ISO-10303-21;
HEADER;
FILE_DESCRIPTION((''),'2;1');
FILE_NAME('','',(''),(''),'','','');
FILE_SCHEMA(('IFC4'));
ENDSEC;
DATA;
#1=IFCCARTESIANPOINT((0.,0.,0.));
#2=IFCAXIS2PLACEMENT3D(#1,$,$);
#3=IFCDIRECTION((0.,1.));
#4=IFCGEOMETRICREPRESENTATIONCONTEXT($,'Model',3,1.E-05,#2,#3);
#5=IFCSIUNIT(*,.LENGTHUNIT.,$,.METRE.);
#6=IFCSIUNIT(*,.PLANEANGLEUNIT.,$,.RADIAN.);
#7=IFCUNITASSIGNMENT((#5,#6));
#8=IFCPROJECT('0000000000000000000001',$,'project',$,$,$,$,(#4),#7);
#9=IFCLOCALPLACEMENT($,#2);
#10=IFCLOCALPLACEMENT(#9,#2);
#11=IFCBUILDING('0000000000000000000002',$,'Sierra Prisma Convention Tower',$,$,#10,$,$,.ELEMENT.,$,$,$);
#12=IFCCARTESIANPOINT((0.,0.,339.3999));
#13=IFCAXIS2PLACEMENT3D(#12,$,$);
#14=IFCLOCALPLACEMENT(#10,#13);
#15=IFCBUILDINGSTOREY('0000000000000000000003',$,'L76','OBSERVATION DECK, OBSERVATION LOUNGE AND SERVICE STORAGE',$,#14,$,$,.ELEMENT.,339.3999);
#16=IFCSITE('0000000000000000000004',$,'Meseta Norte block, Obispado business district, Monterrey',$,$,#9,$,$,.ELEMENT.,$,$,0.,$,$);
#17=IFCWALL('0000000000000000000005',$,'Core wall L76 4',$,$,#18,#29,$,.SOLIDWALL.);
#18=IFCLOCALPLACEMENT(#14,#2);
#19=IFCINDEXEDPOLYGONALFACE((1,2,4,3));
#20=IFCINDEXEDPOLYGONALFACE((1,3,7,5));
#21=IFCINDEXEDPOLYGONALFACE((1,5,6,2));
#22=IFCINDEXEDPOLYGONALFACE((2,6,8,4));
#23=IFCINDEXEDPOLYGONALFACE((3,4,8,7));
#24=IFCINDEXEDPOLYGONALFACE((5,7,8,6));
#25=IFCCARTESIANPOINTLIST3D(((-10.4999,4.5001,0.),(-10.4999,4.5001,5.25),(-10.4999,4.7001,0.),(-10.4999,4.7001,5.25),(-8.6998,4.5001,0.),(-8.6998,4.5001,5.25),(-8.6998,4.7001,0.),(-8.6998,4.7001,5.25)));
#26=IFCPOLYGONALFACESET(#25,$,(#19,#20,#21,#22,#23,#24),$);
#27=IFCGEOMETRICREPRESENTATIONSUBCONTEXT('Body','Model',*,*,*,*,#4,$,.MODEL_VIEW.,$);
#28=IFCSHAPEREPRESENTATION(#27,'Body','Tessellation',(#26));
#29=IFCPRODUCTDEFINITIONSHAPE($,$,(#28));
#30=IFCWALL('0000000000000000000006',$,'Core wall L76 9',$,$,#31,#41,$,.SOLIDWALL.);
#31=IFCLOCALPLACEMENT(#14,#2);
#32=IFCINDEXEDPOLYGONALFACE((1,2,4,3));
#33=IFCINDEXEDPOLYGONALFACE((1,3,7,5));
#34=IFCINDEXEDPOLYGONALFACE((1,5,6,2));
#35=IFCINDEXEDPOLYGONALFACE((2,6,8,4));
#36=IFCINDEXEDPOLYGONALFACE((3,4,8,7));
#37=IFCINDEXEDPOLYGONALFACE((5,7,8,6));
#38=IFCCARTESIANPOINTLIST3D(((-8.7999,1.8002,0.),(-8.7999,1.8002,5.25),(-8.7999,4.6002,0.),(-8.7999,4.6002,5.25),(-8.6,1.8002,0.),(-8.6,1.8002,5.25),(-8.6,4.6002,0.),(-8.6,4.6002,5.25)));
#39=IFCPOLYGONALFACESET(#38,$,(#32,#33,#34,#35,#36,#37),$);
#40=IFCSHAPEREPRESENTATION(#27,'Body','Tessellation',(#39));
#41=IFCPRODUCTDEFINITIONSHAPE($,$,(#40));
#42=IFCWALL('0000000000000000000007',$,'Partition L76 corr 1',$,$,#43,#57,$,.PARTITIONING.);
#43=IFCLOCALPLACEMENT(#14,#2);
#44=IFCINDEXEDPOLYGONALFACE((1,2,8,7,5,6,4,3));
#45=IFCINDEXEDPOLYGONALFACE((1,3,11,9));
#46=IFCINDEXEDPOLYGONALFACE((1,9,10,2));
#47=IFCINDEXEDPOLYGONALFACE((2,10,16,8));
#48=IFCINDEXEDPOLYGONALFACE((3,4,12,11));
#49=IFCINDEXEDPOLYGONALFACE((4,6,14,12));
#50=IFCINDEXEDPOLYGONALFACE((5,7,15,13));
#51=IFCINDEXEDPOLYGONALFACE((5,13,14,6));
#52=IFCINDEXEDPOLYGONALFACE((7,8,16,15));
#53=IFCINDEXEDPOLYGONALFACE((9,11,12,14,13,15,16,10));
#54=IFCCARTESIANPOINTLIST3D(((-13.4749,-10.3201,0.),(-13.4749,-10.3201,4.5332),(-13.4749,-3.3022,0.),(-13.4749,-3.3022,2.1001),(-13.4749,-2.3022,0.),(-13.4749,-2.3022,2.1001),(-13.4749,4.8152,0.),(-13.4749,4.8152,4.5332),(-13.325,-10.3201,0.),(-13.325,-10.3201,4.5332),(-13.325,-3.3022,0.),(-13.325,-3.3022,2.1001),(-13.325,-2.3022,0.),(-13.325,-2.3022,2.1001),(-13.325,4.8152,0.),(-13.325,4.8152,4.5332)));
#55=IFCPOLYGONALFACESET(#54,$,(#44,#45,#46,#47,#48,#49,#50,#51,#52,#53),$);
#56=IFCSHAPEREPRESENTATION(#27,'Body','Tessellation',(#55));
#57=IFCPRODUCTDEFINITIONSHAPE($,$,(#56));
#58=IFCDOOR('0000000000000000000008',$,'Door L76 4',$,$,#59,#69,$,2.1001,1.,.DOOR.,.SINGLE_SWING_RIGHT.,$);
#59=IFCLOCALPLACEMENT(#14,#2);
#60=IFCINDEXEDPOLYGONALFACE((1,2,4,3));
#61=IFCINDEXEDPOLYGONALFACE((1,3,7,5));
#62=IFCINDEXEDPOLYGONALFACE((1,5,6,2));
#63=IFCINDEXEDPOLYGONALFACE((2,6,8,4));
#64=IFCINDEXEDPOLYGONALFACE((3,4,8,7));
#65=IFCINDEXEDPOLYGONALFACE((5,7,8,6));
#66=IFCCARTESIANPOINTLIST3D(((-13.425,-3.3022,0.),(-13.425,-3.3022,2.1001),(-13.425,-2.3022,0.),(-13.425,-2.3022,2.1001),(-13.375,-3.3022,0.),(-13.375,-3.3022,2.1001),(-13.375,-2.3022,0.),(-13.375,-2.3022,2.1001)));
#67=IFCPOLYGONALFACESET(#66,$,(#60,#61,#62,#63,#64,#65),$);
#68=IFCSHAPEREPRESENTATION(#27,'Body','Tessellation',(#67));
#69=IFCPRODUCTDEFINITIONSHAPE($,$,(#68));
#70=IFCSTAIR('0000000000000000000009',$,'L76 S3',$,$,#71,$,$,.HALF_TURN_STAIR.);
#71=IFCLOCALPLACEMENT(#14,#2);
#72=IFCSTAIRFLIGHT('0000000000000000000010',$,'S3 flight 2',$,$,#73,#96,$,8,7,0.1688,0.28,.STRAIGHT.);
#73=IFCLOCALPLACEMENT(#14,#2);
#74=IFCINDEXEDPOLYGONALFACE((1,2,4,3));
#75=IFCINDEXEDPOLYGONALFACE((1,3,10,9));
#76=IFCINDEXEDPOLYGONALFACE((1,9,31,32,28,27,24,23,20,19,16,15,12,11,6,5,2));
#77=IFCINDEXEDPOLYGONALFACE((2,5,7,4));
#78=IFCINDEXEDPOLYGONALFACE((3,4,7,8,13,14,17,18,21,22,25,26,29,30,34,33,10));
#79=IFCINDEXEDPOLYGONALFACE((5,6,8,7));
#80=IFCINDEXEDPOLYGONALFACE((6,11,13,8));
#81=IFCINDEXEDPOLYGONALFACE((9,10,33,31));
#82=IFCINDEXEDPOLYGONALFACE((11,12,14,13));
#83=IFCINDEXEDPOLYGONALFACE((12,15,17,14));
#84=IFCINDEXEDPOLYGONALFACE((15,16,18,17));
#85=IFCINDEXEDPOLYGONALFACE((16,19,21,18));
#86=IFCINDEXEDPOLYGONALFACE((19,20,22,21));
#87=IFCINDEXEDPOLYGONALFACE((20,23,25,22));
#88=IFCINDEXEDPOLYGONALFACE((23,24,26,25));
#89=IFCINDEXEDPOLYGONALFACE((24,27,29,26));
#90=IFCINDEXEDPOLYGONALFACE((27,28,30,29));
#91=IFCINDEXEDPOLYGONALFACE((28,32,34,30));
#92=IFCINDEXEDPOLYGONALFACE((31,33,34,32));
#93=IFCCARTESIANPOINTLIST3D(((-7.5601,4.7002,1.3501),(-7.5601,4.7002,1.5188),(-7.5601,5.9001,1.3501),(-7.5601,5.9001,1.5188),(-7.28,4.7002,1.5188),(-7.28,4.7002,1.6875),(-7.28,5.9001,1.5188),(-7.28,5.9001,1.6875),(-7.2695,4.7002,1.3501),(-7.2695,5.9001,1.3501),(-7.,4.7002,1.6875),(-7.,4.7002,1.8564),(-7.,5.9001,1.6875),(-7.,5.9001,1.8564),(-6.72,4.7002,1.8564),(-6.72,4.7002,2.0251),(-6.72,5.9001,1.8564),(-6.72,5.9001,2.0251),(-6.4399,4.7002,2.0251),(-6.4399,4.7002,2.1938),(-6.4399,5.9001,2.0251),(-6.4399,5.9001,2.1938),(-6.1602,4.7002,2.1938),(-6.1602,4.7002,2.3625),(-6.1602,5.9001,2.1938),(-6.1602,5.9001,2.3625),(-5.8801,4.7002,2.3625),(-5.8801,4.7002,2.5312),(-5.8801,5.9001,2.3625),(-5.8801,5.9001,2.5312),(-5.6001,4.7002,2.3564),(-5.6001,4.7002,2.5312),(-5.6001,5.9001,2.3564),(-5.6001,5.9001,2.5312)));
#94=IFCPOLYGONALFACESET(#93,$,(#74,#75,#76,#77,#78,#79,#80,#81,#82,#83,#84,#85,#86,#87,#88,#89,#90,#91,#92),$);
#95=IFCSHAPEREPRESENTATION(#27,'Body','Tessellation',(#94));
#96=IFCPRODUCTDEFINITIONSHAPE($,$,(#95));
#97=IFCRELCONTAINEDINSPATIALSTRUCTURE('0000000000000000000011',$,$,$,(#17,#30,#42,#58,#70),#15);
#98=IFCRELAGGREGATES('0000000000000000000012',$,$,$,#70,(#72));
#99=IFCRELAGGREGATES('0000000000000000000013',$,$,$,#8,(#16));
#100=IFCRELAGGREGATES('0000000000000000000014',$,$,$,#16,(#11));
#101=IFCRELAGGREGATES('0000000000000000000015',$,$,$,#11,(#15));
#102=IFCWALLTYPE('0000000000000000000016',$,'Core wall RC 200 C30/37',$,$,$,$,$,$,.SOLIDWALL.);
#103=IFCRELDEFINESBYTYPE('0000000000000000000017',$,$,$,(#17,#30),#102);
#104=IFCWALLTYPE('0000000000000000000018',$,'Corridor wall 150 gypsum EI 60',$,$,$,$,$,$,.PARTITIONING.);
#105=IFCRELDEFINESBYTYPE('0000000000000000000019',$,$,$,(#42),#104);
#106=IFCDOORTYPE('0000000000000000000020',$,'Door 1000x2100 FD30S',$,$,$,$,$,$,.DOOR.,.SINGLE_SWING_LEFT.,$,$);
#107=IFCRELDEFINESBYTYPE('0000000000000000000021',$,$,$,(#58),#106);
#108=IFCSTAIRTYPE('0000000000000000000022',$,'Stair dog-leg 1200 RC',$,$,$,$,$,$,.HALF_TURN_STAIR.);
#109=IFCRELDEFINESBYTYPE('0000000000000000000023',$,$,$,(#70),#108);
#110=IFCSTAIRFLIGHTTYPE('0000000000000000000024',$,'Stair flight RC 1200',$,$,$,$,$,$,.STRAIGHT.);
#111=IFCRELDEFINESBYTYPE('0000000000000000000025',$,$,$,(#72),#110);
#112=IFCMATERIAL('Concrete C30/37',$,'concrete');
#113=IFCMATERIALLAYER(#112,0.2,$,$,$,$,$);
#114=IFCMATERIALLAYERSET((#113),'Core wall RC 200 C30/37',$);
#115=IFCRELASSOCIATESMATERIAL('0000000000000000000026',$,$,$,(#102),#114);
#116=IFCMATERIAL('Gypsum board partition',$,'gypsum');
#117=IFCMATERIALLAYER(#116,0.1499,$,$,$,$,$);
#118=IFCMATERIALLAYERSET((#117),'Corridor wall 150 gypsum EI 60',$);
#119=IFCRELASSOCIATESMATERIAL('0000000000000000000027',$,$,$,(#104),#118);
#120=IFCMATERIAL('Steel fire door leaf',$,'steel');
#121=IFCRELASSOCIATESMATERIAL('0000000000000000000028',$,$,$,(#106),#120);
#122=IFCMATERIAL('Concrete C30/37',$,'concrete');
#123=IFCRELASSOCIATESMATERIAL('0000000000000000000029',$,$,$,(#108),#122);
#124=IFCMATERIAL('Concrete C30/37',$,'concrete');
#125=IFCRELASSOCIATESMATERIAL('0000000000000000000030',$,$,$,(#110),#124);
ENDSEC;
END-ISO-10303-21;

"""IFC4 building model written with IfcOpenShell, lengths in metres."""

from ifc_helpers import new_model, si_unit, direction, frame, frame_2d, origin, place, context, subcontext, project, spatial, polyline, rectangle, outline, extrude, material, layer, layer_set, type_object, element, fill, aggregate, save


model = new_model("IFC4")

# Units and contexts
model_context = context("Model", 3, precision=1e-05, world=origin(), true_north=direction((0.0, 1.0)))
body_context = subcontext(model_context, "Body", "Model", "MODEL_VIEW")
ifc_project = project(units=[si_unit("LENGTHUNIT", "METRE"), si_unit("PLANEANGLEUNIT", "RADIAN")], contexts=[model_context])

# Site, building, storey
site_placement = place(None, origin())
site = spatial("IfcSite", under=ifc_project, at=site_placement, Name="Meseta Norte block, Obispado business district, Monterrey", CompositionType="ELEMENT", RefElevation=0.0)
building_placement = place(site_placement, origin())
building = spatial("IfcBuilding", under=site, at=building_placement, Name="Sierra Prisma Convention Tower", CompositionType="ELEMENT")
storey_placement = place(building_placement, frame((0.0, 0.0, 339.3999)))
storey = spatial("IfcBuildingStorey", under=building, at=storey_placement, Name="L76", Description="OBSERVATION DECK, OBSERVATION LOUNGE AND SERVICE STORAGE", CompositionType="ELEMENT", Elevation=339.3999)

# Shared definitions
ifc_material_1 = material(Name="Concrete C30/37", Category="concrete")
ifc_layer_1 = layer(ifc_material_1, 0.2)
ifc_layer_set_1 = layer_set([ifc_layer_1], Name="Core wall RC 200 C30/37")
wall_type_1 = type_object("IfcWallType", Name="Core wall RC 200 C30/37", PredefinedType="SOLIDWALL", material=ifc_layer_set_1)

# Wall
wall_1_placement = place(storey_placement, frame((-8.7, 4.6001, 0.0), z_axis=(0.0, 0.0, 1.0), x_axis=(-1.0, 0.0, 0.0)))
element("IfcWall", 1, at=wall_1_placement, inside=storey, type_object=wall_type_1, Name="Core wall L76 4", PredefinedType="SOLIDWALL", context=body_context, shape_type="SweptSolid", body=[
    extrude(rectangle(XDim=1.8, YDim=0.2, at=frame_2d((0.8999, 0.0))), origin(), (0.0, 0.0, 1.0), 5.25),
])

# Wall
wall_2_placement = place(storey_placement, frame((-8.7, 4.6001, 0.0), z_axis=(0.0, 0.0, 1.0), x_axis=(0.0, -1.0, 0.0)))
element("IfcWall", 2, at=wall_2_placement, inside=storey, type_object=wall_type_1, Name="Core wall L76 9", PredefinedType="SOLIDWALL", context=body_context, shape_type="SweptSolid", body=[
    extrude(rectangle(XDim=2.8, YDim=0.2, at=frame_2d((1.3999, 0.0))), origin(), (0.0, 0.0, 1.0), 5.25),
])

# Wall, opening, door
ifc_material_2 = material(Name="Gypsum board partition", Category="gypsum")
ifc_layer_2 = layer(ifc_material_2, 0.1499)
ifc_layer_set_2 = layer_set([ifc_layer_2], Name="Corridor wall 150 gypsum EI 60")
wall_type_2 = type_object("IfcWallType", Name="Corridor wall 150 gypsum EI 60", PredefinedType="PARTITIONING", material=ifc_layer_set_2)
wall_3_placement = place(storey_placement, frame((-13.3999, 4.8152, 0.0), z_axis=(0.0, 0.0, 1.0), x_axis=(0.0, -1.0, 0.0)))
wall_3 = element("IfcWall", 3, at=wall_3_placement, inside=storey, type_object=wall_type_2, Name="Partition L76 corr 1", PredefinedType="PARTITIONING", context=body_context, shape_type="SweptSolid", body=[
    extrude(rectangle(XDim=15.1353, YDim=0.1499, at=frame_2d((7.5676, 0.0))), origin(), (0.0, 0.0, 1.0), 4.5332),
])
opening_1_placement = place(wall_3_placement, frame((7.1174, 0.0, 0.0)))
opening_1 = element("IfcOpeningElement", 4, at=opening_1_placement, cuts=wall_3, PredefinedType="OPENING", context=body_context, shape_type="SweptSolid", body=[
    extrude(rectangle(XDim=1.0, YDim=2.1001, at=frame_2d((0.5, 1.05))), frame((0.0, 0.075, 0.0), z_axis=(0.0, -1.0, 0.0), x_axis=(1.0, 0.0, 0.0)), (0.0, 0.0, 1.0), 0.1499),
])
ifc_material_3 = material(Name="Steel fire door leaf", Category="steel")
door_type_1 = type_object("IfcDoorType", Name="Door 1000x2100 FD30S", OperationType="SINGLE_SWING_LEFT", PredefinedType="DOOR", material=ifc_material_3)
door_1_placement = place(opening_1_placement, origin())
door_1 = element("IfcDoor", 5, at=door_1_placement, inside=storey, type_object=door_type_1, Name="Door L76 4", OperationType="SINGLE_SWING_RIGHT", OverallHeight=2.1001, OverallWidth=1.0, PredefinedType="DOOR", context=body_context, shape_type="SweptSolid", body=[
    extrude(rectangle(XDim=1.0, YDim=2.1001, at=frame_2d((0.5, 1.05))), frame((0.0, 0.0249, 0.0), z_axis=(0.0, -1.0, 0.0), x_axis=(1.0, 0.0, 0.0)), (0.0, 0.0, 1.0), 0.05),
])
fill(opening_1, door_1)

# Stair, stair flight
ifc_material_4 = material(Name="Concrete C30/37", Category="concrete")
stair_type = type_object("IfcStairType", Name="Stair dog-leg 1200 RC", PredefinedType="HALF_TURN_STAIR", material=ifc_material_4)
stair_placement = place(storey_placement, origin())
stair = element("IfcStair", 6, at=stair_placement, inside=storey, type_object=stair_type, Name="L76 S3", PredefinedType="HALF_TURN_STAIR")
ifc_material_5 = material(Name="Concrete C30/37", Category="concrete")
stair_flight_type = type_object("IfcStairFlightType", Name="Stair flight RC 1200", PredefinedType="STRAIGHT", material=ifc_material_5)
stair_flight_placement = place(storey_placement, frame((-7.5601, 5.3, 1.3501), z_axis=(0.0, 0.0, 1.0), x_axis=(1.0, 0.0, 0.0)))
stair_flight = element("IfcStairFlight", 7, at=stair_flight_placement, type_object=stair_flight_type, Name="S3 flight 2", NumberOfRisers=8, NumberOfTreads=7, PredefinedType="STRAIGHT", RiserHeight=0.1688, TreadLength=0.28, context=body_context, shape_type="SweptSolid", body=[
    extrude(outline(polyline([(0.0, 0.0), (0.0, 0.1687), (0.28, 0.1687), (0.28, 0.3374), (0.5601, 0.3374), (0.5601, 0.5063), (0.8401, 0.5063), (0.8401, 0.675), (1.1201, 0.675), (1.1201, 0.8438), (1.3999, 0.8438), (1.3999, 1.0125), (1.6799, 1.0125), (1.6799, 1.1812), (1.96, 1.1812), (1.96, 1.3501), (1.96, 1.0063), (0.2905, 0.0), (0.0, 0.0)])), frame((0.0, 0.6001, 0.0), z_axis=(0.0, -1.0, 0.0), x_axis=(1.0, 0.0, 0.0)), (0.0, 0.0, 1.0), 1.2),
])
aggregate(stair, [stair_flight])

save(model, "model.ifc")
